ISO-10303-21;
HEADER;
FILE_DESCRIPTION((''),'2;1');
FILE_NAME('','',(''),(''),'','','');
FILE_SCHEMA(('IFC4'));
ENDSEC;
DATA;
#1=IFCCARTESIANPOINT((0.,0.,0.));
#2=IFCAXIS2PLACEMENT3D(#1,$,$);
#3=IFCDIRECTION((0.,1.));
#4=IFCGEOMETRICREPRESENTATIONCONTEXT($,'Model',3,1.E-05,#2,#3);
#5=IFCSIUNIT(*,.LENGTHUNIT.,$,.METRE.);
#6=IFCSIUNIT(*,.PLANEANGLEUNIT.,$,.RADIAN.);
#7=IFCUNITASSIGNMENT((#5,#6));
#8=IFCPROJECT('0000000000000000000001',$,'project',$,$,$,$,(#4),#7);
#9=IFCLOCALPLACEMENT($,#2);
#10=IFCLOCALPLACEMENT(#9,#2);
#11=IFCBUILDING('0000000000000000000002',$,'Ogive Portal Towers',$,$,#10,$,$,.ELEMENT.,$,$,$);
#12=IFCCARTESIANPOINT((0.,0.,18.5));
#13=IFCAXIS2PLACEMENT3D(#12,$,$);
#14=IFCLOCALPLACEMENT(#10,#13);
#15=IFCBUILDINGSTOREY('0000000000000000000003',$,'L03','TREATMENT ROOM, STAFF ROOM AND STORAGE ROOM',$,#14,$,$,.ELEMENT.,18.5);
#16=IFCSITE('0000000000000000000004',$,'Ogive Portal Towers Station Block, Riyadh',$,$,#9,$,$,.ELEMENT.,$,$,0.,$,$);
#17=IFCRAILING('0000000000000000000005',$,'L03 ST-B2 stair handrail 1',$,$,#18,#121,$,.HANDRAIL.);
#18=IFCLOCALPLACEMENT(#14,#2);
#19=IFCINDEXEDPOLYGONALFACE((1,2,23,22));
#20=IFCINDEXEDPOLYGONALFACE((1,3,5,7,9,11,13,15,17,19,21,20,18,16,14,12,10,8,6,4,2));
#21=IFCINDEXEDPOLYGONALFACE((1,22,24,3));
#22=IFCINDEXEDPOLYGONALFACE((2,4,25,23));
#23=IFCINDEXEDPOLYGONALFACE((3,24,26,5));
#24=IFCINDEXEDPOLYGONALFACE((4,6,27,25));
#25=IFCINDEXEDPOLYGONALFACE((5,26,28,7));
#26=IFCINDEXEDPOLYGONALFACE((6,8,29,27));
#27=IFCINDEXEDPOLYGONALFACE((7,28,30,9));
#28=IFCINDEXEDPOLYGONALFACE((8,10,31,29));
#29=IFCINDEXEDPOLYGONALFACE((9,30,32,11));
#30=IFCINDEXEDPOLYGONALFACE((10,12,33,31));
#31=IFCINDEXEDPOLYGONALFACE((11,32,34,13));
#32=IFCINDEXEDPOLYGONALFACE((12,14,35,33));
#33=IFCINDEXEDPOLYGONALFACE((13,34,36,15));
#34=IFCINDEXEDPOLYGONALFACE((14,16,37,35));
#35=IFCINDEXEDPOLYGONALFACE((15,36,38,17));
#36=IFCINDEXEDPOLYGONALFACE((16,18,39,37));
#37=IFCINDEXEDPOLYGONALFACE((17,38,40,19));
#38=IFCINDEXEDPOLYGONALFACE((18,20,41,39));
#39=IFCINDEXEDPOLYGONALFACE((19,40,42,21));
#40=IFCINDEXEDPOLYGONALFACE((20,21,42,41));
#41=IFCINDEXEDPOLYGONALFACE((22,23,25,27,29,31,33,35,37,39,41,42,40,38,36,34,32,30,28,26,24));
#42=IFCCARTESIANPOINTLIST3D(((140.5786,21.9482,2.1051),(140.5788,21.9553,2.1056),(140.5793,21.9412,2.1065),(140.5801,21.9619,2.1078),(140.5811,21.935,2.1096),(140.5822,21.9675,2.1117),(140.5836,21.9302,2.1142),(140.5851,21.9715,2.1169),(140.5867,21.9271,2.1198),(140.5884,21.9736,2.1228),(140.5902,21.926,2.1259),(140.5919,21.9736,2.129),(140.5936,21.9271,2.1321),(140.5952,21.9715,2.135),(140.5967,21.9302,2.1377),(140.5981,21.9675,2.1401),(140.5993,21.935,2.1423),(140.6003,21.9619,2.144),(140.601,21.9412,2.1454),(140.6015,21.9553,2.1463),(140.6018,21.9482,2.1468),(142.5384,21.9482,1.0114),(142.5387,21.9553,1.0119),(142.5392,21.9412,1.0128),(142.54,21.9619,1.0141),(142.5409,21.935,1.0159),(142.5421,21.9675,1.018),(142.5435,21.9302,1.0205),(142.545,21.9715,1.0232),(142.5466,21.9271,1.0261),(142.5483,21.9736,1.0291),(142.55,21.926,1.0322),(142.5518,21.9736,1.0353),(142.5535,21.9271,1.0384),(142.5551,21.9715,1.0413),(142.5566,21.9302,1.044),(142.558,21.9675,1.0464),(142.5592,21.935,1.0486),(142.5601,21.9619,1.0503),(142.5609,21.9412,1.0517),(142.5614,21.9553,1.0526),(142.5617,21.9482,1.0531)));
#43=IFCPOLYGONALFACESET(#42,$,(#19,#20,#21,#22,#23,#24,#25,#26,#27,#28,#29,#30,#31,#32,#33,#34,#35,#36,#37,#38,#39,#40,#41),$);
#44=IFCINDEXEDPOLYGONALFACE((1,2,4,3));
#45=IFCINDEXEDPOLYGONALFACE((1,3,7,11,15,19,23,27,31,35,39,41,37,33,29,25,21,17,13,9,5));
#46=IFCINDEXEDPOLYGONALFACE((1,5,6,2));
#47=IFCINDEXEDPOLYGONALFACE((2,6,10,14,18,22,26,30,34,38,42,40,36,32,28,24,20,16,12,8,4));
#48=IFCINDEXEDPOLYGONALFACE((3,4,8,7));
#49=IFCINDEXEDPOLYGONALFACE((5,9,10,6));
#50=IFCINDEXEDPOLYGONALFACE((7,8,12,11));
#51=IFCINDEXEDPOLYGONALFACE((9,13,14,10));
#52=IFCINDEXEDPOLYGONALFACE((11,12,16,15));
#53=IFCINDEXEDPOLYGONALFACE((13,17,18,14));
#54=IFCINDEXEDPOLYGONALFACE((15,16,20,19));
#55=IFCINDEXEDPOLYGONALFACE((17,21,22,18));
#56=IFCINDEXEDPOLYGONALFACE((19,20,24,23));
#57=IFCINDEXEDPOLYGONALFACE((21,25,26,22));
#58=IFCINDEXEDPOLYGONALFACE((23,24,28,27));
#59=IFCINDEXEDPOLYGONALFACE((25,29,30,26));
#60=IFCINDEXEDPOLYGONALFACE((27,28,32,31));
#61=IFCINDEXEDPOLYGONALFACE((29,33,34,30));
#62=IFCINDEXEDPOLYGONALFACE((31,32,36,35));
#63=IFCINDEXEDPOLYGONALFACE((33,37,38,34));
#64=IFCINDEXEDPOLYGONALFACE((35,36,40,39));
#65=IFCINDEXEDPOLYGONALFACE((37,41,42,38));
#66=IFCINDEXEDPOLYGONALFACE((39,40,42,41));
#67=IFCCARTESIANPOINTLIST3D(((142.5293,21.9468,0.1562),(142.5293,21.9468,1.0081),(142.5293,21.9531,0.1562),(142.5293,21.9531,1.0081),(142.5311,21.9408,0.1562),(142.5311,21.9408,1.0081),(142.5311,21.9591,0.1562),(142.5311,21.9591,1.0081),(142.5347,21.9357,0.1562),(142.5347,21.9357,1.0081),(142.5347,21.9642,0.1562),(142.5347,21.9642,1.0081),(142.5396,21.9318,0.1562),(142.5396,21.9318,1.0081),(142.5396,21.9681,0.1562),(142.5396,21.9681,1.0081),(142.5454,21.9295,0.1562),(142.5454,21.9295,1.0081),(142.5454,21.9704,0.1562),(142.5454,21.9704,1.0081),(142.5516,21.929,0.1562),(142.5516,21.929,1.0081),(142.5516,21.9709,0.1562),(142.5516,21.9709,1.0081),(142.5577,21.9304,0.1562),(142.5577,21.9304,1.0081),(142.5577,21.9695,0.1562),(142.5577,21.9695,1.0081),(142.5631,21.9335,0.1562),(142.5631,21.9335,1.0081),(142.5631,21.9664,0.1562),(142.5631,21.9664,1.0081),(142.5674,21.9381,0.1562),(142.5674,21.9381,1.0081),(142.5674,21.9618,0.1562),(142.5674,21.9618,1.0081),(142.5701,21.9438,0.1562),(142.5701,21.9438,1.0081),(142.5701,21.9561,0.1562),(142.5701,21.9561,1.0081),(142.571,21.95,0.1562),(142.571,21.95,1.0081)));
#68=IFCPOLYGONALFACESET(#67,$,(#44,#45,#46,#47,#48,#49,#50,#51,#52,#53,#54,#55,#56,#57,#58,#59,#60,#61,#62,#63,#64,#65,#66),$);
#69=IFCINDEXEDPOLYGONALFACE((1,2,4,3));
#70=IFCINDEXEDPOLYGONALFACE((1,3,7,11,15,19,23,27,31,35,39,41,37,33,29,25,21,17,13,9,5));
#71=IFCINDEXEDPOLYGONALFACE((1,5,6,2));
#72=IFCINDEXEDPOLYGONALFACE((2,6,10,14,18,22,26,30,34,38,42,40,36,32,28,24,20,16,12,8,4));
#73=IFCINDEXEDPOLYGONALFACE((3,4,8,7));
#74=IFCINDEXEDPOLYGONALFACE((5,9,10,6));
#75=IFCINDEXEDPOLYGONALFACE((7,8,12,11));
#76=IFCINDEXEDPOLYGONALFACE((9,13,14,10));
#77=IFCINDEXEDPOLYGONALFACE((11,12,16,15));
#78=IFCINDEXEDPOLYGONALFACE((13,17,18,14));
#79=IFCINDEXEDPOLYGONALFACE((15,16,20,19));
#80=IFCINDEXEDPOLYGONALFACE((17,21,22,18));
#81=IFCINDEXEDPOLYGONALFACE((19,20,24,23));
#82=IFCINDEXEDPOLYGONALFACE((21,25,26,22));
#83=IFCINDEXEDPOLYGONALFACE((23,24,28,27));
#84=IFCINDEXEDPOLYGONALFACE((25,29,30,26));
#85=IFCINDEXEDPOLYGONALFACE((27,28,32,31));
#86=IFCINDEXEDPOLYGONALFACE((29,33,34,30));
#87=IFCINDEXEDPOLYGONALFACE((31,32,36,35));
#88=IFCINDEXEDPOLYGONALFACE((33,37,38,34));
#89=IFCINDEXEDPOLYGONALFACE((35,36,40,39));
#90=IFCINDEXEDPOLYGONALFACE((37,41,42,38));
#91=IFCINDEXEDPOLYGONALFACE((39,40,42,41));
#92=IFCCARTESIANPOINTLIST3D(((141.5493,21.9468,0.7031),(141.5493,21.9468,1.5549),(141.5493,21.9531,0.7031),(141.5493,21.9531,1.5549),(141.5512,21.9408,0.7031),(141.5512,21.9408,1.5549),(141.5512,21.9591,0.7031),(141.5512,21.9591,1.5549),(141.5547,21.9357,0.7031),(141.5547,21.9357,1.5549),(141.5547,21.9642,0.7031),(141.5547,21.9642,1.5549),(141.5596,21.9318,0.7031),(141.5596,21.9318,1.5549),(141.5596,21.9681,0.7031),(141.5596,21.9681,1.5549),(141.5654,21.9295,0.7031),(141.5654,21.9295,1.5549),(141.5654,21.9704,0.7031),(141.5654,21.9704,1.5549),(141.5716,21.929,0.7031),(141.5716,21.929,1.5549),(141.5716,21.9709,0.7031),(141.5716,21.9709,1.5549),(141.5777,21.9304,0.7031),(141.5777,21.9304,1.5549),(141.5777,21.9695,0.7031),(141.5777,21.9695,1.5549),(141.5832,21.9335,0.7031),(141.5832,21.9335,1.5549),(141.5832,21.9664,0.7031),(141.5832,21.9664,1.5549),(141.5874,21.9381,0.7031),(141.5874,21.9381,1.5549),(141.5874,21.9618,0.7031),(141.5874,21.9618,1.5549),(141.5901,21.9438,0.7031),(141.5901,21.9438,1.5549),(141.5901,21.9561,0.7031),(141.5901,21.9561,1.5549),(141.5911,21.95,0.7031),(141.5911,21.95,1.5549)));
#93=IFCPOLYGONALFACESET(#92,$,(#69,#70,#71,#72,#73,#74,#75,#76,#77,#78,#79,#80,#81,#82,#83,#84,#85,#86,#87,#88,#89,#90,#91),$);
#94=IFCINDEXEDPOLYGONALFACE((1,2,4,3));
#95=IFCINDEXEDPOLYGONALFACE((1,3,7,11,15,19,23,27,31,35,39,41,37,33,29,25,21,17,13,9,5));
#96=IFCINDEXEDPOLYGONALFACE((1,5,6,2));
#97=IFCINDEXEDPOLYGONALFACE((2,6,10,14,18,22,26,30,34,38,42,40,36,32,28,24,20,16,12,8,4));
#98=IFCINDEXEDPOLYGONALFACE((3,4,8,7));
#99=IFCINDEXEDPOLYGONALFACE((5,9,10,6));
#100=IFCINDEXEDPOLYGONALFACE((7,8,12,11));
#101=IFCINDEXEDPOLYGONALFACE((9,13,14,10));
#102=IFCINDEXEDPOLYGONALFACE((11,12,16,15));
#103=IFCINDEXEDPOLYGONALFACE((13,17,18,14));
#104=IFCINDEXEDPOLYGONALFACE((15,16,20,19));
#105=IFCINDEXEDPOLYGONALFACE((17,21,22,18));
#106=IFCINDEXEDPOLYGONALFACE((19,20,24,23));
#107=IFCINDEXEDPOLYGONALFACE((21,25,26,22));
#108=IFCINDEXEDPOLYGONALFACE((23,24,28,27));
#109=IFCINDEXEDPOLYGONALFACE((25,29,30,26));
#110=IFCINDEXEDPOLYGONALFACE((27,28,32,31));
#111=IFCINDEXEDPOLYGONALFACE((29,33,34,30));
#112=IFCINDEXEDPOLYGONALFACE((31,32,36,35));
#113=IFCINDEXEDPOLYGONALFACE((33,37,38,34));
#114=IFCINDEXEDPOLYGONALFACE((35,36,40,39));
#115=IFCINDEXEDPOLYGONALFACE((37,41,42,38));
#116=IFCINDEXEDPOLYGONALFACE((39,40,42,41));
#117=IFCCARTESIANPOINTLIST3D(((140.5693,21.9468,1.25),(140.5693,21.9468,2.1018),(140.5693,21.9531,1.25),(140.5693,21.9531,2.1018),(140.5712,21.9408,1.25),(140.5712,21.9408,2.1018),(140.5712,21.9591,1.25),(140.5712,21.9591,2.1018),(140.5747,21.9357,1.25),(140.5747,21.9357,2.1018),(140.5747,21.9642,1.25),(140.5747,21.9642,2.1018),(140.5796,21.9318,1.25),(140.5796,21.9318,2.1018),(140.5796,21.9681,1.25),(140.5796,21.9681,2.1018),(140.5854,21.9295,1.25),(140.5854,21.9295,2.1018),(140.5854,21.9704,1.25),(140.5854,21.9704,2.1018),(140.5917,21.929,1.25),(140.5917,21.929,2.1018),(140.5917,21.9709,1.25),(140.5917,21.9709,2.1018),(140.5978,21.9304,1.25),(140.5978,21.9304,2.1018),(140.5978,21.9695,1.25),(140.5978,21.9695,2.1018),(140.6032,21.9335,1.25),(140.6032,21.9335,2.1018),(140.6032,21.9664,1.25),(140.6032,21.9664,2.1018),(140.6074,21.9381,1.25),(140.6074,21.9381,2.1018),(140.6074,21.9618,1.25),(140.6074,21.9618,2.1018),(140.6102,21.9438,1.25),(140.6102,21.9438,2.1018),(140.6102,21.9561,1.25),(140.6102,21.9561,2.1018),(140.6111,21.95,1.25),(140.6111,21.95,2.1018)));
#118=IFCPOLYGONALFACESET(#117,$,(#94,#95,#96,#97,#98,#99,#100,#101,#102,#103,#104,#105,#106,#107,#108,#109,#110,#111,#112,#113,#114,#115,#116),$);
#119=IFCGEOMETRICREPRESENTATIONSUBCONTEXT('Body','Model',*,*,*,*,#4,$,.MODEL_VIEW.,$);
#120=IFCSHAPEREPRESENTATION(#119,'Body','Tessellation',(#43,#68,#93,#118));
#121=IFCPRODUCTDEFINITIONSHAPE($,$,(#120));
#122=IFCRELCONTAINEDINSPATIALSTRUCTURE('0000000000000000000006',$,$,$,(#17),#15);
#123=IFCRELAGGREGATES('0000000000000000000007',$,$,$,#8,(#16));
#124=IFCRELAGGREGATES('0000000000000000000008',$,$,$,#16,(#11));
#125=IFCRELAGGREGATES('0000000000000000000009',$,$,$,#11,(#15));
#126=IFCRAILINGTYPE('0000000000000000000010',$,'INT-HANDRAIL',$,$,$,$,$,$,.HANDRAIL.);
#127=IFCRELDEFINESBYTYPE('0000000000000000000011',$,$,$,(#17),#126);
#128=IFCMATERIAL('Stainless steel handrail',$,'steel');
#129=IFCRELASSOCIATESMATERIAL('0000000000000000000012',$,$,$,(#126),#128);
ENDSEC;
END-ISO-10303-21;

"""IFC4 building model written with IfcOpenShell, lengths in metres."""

from ifc_helpers import new_model, si_unit, direction, frame, origin, origin_2d, place, context, subcontext, project, spatial, circle, extrude, material, type_object, element, save


model = new_model("IFC4")

# Units and contexts
model_context = context("Model", 3, precision=1e-05, world=origin(), true_north=direction((0.0, 1.0)))
body_context = subcontext(model_context, "Body", "Model", "MODEL_VIEW")
ifc_project = project(units=[si_unit("LENGTHUNIT", "METRE"), si_unit("PLANEANGLEUNIT", "RADIAN")], contexts=[model_context])

# Site, building, storey
site_placement = place(None, origin())
site = spatial("IfcSite", under=ifc_project, at=site_placement, Name="Ogive Portal Towers Station Block, Riyadh", CompositionType="ELEMENT", RefElevation=0.0)
building_placement = place(site_placement, origin())
building = spatial("IfcBuilding", under=site, at=building_placement, Name="Ogive Portal Towers", CompositionType="ELEMENT")
storey_placement = place(building_placement, frame((0.0, 0.0, 18.5)))
storey = spatial("IfcBuildingStorey", under=building, at=storey_placement, Name="L03", Description="TREATMENT ROOM, STAFF ROOM AND STORAGE ROOM", CompositionType="ELEMENT", Elevation=18.5)

# Railing
ifc_material_1 = material(Name="Stainless steel handrail", Category="steel")
railing_type_1 = type_object("IfcRailingType", Name="INT-HANDRAIL", PredefinedType="HANDRAIL", material=ifc_material_1)
railing_1_placement = place(storey_placement, frame((142.55, 21.95, 0.1562)))
element("IfcRailing", 1, at=railing_1_placement, inside=storey, type_object=railing_type_1, Name="L03 ST-B2 stair handrail 1", PredefinedType="HANDRAIL", context=body_context, shape_type="SweptSolid", body=[
    extrude(circle(Radius=0.0239, at=origin_2d()), frame((0.0, 0.0, 0.876), z_axis=(-0.873232, 0.0, 0.487304), x_axis=(0.0, -1.0, 0.0)), (0.0, 0.0, 1.0), 2.2444),
    extrude(circle(Radius=0.021, at=origin_2d()), origin(), (0.0, 0.0, 1.0), 0.8518),
    extrude(circle(Radius=0.021, at=origin_2d()), frame((-0.98, 0.0, 0.5469)), (0.0, 0.0, 1.0), 0.8518),
    extrude(circle(Radius=0.021, at=origin_2d()), frame((-1.96, 0.0, 1.0938)), (0.0, 0.0, 1.0), 0.8518),
])

save(model, "model.ifc")
